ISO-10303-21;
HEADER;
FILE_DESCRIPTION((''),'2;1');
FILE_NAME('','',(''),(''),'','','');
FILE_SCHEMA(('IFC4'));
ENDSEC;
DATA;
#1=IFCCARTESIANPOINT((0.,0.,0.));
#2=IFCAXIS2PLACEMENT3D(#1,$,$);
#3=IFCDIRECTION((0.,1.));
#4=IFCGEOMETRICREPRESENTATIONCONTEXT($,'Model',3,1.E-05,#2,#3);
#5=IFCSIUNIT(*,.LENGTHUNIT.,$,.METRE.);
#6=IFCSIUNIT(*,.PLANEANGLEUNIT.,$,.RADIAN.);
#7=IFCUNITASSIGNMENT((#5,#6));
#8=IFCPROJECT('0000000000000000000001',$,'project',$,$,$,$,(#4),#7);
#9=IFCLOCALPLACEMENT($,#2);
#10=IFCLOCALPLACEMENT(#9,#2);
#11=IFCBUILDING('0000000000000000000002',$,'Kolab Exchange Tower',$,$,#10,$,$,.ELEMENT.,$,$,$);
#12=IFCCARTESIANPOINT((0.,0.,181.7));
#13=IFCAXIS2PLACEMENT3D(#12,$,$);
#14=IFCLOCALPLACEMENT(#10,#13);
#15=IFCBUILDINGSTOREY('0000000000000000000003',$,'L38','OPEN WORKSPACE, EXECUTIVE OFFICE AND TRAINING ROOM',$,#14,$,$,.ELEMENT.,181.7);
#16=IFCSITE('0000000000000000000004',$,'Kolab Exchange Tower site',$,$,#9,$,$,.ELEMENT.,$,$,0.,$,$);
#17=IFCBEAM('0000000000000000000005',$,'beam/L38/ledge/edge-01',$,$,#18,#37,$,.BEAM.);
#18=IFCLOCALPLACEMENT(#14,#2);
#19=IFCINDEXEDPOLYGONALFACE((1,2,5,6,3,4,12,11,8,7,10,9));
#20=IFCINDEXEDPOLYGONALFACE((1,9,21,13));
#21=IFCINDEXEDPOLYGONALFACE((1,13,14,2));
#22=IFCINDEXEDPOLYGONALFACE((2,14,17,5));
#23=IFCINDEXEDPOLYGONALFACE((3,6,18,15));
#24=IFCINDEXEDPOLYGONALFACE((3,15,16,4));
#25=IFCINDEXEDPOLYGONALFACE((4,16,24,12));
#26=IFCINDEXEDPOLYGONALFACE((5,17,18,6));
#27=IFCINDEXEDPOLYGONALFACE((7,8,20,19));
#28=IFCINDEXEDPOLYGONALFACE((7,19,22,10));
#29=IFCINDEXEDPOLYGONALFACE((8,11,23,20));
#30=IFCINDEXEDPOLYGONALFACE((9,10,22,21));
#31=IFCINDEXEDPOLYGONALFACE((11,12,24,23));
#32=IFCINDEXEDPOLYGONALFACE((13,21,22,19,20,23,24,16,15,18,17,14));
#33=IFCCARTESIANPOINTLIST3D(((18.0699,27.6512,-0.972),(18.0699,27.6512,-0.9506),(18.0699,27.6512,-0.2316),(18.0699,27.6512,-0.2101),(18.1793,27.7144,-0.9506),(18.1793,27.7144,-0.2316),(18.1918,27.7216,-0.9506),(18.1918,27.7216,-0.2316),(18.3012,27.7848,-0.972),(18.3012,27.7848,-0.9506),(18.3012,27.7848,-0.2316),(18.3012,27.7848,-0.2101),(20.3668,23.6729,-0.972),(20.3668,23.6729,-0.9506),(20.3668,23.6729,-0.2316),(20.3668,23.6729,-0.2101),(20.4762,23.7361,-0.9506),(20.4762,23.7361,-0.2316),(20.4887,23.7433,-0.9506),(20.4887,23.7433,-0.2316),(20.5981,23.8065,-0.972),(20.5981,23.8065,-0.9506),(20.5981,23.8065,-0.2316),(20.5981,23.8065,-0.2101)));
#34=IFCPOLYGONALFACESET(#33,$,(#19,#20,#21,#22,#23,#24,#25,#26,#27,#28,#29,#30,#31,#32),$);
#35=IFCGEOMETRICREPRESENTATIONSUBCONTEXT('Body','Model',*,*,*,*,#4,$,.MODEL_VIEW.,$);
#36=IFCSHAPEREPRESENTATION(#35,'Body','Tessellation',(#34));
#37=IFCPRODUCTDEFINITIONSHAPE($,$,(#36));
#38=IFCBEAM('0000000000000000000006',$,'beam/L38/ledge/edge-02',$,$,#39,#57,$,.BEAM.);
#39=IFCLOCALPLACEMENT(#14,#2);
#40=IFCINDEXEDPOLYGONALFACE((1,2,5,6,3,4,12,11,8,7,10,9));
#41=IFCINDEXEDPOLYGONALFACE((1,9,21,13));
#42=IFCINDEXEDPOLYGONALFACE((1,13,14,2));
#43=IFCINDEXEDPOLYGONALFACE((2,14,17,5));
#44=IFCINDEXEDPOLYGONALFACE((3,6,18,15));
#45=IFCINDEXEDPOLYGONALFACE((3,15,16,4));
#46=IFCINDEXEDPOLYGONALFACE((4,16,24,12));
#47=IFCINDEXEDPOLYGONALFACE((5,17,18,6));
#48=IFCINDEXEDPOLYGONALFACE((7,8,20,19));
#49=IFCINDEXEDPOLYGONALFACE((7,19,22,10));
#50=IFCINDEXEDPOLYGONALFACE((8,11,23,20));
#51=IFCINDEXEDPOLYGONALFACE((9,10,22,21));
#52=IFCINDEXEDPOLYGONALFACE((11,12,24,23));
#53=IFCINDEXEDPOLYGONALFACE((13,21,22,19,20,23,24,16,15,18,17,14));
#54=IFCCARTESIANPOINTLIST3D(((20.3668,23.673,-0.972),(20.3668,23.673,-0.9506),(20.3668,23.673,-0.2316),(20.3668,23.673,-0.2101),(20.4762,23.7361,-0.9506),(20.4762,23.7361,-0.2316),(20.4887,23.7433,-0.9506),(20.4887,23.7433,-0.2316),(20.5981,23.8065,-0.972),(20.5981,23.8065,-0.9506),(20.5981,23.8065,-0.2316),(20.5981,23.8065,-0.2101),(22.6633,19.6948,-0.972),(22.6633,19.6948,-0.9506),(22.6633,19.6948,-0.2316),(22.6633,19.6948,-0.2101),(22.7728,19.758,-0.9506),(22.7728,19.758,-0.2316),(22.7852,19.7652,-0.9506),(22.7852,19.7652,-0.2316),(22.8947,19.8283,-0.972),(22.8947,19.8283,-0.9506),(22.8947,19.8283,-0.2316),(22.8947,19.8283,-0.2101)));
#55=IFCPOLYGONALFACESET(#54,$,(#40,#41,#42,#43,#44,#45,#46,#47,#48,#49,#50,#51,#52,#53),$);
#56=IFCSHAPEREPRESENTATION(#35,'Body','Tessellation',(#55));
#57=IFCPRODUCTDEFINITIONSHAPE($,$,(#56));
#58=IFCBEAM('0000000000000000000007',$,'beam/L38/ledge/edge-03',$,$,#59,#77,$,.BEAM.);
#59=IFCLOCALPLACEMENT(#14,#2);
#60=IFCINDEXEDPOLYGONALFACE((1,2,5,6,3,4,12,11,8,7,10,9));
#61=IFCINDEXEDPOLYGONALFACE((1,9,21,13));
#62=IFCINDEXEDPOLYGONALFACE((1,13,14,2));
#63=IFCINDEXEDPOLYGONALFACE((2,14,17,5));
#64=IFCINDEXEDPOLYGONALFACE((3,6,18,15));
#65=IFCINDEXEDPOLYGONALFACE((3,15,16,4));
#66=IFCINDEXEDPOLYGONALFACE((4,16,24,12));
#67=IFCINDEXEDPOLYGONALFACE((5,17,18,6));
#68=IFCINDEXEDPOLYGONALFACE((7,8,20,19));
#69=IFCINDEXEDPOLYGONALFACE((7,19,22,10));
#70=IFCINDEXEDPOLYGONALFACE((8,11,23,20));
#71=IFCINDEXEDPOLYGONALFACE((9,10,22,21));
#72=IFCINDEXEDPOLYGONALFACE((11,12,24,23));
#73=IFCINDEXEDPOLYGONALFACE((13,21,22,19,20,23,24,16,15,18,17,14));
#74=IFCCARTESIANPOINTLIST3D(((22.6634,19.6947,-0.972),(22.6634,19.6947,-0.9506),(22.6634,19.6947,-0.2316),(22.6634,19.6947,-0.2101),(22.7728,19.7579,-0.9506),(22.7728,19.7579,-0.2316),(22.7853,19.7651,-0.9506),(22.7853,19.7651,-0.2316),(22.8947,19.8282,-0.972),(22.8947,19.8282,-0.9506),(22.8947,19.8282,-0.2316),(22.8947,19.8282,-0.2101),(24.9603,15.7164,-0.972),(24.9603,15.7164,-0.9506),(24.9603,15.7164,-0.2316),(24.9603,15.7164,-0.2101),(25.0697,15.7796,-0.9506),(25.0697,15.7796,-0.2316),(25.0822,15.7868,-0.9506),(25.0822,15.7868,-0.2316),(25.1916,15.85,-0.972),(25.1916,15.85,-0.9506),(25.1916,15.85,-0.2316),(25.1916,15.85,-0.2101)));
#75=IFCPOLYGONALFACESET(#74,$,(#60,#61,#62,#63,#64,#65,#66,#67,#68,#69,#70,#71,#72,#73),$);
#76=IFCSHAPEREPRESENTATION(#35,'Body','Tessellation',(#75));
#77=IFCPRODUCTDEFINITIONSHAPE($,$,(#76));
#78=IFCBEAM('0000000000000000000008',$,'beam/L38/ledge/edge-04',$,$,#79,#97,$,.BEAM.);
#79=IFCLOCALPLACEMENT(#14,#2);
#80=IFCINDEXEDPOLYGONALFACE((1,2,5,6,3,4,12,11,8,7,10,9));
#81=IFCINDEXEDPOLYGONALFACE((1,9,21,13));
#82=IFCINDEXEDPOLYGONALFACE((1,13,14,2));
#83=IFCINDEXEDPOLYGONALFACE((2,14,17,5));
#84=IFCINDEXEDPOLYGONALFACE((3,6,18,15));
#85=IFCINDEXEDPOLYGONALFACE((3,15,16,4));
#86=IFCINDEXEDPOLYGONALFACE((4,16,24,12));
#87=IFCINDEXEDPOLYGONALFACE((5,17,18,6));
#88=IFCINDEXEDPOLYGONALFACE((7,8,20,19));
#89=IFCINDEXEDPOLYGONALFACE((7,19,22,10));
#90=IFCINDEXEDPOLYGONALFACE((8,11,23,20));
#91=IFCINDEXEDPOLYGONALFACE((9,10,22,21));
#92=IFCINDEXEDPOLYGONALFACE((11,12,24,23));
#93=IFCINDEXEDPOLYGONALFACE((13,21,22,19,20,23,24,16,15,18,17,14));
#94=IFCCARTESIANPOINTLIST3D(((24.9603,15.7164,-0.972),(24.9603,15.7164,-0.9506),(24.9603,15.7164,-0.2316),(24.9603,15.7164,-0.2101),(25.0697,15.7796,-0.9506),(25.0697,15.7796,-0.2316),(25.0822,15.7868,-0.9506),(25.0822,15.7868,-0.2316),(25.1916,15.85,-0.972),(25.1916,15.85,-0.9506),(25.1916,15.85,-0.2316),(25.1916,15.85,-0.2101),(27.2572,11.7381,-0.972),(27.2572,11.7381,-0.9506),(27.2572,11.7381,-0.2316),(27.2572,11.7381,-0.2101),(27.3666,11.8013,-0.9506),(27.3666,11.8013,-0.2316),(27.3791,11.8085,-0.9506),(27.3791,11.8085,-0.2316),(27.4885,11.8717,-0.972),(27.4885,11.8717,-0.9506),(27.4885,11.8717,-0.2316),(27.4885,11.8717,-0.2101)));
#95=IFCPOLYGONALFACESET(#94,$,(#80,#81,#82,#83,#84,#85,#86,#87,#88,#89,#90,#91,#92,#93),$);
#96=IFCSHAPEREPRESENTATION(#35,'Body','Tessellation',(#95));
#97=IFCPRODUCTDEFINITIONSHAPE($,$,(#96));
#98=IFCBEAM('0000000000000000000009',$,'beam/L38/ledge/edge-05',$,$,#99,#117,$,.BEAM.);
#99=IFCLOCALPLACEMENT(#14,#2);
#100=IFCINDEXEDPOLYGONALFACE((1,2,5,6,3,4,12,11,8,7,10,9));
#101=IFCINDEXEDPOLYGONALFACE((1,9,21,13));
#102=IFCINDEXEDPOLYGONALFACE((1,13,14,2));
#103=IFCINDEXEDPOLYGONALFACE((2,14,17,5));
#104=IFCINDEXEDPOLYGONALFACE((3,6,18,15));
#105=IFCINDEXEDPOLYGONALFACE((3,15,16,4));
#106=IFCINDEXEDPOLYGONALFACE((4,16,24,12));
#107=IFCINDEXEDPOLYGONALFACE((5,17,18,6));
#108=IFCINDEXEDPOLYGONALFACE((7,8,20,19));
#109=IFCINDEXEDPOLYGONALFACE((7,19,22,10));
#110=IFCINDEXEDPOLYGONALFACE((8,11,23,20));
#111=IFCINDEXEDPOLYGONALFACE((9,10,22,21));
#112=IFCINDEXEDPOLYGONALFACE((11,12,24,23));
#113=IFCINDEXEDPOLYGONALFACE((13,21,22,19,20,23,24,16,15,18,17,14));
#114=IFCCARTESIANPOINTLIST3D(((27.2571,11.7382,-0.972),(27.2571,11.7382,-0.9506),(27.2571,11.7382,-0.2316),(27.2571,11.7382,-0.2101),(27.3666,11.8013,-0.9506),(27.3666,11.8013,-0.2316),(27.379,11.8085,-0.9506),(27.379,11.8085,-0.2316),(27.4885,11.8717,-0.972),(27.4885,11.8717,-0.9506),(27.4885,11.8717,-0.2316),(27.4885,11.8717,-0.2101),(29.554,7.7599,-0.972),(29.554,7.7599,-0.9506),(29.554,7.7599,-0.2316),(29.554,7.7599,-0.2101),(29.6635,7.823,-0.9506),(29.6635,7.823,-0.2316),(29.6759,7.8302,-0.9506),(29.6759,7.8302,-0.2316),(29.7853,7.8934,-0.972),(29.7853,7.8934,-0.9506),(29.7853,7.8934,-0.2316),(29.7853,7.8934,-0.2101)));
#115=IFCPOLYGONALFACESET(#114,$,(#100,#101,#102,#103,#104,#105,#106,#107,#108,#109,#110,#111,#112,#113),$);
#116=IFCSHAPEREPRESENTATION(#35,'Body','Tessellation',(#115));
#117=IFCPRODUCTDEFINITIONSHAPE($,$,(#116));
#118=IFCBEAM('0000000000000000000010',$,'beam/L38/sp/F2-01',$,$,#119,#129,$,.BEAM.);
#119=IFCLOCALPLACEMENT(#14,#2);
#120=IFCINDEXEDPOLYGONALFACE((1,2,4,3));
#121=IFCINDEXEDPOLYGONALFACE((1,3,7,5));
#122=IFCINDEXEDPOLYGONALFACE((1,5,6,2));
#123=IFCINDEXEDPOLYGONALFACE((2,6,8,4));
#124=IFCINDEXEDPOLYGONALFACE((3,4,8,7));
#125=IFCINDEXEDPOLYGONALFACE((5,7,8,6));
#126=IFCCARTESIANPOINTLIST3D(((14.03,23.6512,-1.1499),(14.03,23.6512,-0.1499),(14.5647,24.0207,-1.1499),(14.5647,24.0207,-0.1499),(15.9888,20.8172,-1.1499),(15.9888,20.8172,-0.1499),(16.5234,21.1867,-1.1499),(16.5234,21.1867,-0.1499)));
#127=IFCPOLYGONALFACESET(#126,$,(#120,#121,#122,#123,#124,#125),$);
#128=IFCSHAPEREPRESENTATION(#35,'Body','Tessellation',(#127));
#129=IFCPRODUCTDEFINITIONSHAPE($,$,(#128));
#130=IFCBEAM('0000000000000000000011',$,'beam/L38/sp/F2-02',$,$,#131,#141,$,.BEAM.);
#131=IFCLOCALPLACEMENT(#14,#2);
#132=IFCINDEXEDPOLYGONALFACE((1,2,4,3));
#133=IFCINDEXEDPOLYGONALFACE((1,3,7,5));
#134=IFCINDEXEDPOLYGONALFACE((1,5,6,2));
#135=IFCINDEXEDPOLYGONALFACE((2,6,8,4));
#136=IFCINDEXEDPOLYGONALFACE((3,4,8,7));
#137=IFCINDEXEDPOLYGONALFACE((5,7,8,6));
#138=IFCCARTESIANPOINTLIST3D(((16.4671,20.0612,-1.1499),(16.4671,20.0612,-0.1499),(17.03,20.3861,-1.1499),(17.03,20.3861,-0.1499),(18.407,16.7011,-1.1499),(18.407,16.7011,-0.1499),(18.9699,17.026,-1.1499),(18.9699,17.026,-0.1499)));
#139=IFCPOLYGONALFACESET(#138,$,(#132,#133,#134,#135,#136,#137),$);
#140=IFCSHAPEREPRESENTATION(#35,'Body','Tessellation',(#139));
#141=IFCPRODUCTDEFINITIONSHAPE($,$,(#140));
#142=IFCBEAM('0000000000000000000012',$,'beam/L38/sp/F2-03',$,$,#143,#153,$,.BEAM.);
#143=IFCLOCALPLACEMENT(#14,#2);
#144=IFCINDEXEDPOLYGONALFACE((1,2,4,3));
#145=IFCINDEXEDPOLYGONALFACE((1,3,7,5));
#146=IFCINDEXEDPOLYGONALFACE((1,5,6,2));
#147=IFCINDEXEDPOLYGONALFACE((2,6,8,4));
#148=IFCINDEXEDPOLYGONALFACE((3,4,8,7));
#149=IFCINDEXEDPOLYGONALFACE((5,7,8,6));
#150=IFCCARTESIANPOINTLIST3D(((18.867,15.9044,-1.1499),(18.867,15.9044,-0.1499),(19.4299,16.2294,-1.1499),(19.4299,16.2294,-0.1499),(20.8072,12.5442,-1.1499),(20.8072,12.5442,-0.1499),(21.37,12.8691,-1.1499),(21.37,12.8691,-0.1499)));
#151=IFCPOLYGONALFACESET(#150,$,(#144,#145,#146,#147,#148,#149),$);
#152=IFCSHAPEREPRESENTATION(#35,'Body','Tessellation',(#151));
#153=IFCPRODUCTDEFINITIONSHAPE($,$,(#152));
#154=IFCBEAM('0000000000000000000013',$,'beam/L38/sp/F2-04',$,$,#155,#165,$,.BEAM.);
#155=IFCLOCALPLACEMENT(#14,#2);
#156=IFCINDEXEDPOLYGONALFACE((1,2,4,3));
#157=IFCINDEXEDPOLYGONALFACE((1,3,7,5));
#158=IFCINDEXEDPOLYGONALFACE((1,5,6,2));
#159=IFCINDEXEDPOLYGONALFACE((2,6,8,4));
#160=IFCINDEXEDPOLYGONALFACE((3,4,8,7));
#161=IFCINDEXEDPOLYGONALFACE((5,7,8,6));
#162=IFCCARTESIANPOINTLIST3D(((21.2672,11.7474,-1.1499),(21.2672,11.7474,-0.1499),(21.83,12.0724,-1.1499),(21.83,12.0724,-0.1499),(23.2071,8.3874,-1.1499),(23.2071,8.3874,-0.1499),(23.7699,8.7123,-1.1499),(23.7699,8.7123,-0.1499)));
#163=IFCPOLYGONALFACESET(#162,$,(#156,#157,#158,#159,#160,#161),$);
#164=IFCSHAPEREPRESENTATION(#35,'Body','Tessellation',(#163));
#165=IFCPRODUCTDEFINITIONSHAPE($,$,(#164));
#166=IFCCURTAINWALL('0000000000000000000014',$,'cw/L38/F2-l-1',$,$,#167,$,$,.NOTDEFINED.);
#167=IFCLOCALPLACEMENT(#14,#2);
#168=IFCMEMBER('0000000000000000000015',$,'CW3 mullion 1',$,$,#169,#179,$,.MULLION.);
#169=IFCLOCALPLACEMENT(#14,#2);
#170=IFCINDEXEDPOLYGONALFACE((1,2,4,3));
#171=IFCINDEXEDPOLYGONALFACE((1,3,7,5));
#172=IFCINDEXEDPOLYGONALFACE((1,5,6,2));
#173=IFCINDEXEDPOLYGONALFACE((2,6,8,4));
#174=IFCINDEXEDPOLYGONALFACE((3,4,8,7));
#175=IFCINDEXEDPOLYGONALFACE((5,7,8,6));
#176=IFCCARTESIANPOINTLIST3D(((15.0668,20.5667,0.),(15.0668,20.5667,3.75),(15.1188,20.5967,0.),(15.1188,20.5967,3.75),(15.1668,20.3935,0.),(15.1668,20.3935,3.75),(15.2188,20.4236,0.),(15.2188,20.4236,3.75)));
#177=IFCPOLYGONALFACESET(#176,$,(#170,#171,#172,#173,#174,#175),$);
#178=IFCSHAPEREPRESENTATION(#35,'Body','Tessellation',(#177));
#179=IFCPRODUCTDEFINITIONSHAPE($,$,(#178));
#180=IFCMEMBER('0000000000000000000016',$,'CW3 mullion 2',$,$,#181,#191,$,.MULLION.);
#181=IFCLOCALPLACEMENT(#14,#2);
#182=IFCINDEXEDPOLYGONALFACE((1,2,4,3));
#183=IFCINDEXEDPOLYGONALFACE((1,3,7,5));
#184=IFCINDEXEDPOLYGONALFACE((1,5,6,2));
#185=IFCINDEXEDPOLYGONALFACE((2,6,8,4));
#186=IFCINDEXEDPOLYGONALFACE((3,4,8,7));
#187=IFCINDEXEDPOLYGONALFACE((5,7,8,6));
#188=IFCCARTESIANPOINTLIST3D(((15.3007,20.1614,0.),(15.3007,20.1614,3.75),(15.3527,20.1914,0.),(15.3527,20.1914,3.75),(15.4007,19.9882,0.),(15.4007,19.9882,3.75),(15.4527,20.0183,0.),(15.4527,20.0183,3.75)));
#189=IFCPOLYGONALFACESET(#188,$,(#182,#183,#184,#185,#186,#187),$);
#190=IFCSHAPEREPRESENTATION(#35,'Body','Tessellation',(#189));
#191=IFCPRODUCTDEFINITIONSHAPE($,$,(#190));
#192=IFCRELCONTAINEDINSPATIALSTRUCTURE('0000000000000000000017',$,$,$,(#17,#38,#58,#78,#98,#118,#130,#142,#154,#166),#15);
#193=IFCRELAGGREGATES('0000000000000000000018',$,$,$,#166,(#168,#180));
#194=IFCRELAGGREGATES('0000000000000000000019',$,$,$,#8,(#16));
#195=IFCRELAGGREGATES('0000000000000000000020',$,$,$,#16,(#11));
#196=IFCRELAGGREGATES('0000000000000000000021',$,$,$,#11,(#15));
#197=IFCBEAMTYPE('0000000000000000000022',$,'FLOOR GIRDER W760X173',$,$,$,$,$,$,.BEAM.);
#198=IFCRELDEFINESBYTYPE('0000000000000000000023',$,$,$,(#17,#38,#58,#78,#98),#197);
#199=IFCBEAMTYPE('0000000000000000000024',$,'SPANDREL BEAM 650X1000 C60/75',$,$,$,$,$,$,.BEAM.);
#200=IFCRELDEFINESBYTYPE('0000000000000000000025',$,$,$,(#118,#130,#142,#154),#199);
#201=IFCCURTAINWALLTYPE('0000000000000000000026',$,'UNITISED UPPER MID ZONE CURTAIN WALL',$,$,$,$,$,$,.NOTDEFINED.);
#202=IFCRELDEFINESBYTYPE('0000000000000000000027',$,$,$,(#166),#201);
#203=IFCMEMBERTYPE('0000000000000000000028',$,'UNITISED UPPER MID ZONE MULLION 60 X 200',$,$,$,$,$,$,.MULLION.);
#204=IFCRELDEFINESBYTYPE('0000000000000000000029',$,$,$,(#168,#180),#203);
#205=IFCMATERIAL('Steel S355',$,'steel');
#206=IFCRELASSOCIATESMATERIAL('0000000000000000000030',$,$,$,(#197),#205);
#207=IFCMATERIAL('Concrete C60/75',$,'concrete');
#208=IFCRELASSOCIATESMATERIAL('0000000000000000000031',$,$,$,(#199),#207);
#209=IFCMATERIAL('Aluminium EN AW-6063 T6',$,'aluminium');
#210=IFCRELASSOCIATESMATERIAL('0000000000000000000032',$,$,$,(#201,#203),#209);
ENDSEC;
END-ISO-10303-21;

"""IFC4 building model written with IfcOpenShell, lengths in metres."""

from ifc_helpers import new_model, si_unit, direction, frame, origin, origin_2d, place, context, subcontext, project, spatial, rectangle, i_section, extrude, material, material_profile, profile_set, type_object, element, aggregate, save


model = new_model("IFC4")

# Units and contexts
model_context = context("Model", 3, precision=1e-05, world=origin(), true_north=direction((0.0, 1.0)))
body_context = subcontext(model_context, "Body", "Model", "MODEL_VIEW")
ifc_project = project(units=[si_unit("LENGTHUNIT", "METRE"), si_unit("PLANEANGLEUNIT", "RADIAN")], contexts=[model_context])

# Site, building, storey
site_placement = place(None, origin())
site = spatial("IfcSite", under=ifc_project, at=site_placement, Name="Kolab Exchange Tower site", CompositionType="ELEMENT", RefElevation=0.0)
building_placement = place(site_placement, origin())
building = spatial("IfcBuilding", under=site, at=building_placement, Name="Kolab Exchange Tower", CompositionType="ELEMENT")
storey_placement = place(building_placement, frame((0.0, 0.0, 181.7)))
storey = spatial("IfcBuildingStorey", under=building, at=storey_placement, Name="L38", Description="OPEN WORKSPACE, EXECUTIVE OFFICE AND TRAINING ROOM", CompositionType="ELEMENT", Elevation=181.7)

# Shared definitions
ifc_material_1 = material(Name="Concrete C60/75", Category="concrete")

# Beams
ifc_material_2 = material(Name="Steel S355", Category="steel")
ifc_material_profile_1 = material_profile(ifc_material_2, i_section(OverallWidth=0.2671, OverallDepth=0.762, WebThickness=0.0144, FlangeThickness=0.0215, at=origin_2d()), Name="W760X173")
ifc_profile_set_1 = profile_set([ifc_material_profile_1], Name="Steel S355")
beam_type_1 = type_object("IfcBeamType", Name="FLOOR GIRDER W760X173", PredefinedType="BEAM", material=ifc_profile_set_1)
beam_1_placement = place(storey_placement, frame((18.1855, 27.718, -0.5911), z_axis=(0.500003, -0.866024, 0.0), x_axis=(0.866024, 0.500003, 0.0)))
element("IfcBeam", 1, at=beam_1_placement, inside=storey, type_object=beam_type_1, Name="beam/L38/ledge/edge-01", PredefinedType="BEAM", context=body_context, shape_type="SweptSolid", body=[
    extrude(i_section(OverallWidth=0.2671, OverallDepth=0.762, WebThickness=0.0144, FlangeThickness=0.0215, at=origin_2d()), origin(), (0.0, 0.0, 1.0), 4.5938),
])
beam_2_placement = place(storey_placement, frame((20.4824, 23.7397, -0.5911), z_axis=(0.499963, -0.866047, 0.0), x_axis=(0.866047, 0.499963, 0.0)))
element("IfcBeam", 2, at=beam_2_placement, inside=storey, type_object=beam_type_1, Name="beam/L38/ledge/edge-02", PredefinedType="BEAM", context=body_context, shape_type="SweptSolid", body=[
    extrude(i_section(OverallWidth=0.2671, OverallDepth=0.762, WebThickness=0.0144, FlangeThickness=0.0215, at=origin_2d()), origin(), (0.0, 0.0, 1.0), 4.5935),
])
for number, where, z_axis, x_axis, name in (
    (3, (22.7791, 19.7615, -0.5911), (0.500003, -0.866024, 0.0), (0.866024, 0.500003, 0.0), "beam/L38/ledge/edge-03"),
    (4, (25.0759, 15.7832, -0.5911), (0.500003, -0.866024, 0.0), (0.866024, 0.500003, 0.0), "beam/L38/ledge/edge-04"),
    (5, (27.3728, 11.8049, -0.5911), (0.500003, -0.866024, 0.0), (0.866024, 0.500003, 0.0), "beam/L38/ledge/edge-05"),
):
    element("IfcBeam", number, at=place(storey_placement, frame(where, z_axis=z_axis, x_axis=x_axis)), inside=storey, type_object=beam_type_1, Name=name, PredefinedType="BEAM", context=body_context, shape_type="SweptSolid", body=[
        extrude(i_section(OverallWidth=0.2671, OverallDepth=0.762, WebThickness=0.0144, FlangeThickness=0.0215, at=origin_2d()), origin(), (0.0, 0.0, 1.0), 4.5938),
    ])
ifc_material_profile_2 = material_profile(ifc_material_1, rectangle(XDim=0.6499, YDim=1.0, at=origin_2d()), Name="RC650X1000")
ifc_profile_set_2 = profile_set([ifc_material_profile_2], Name="Concrete C60/75")
beam_type_2 = type_object("IfcBeamType", Name="SPANDREL BEAM 650X1000 C60/75", PredefinedType="BEAM", material=ifc_profile_set_2)
beam_3_placement = place(storey_placement, frame((14.2974, 23.8359, -0.6499), z_axis=(0.568572, -0.822633, 0.0), x_axis=(0.822633, 0.568572, 0.0)))
element("IfcBeam", 6, at=beam_3_placement, inside=storey, type_object=beam_type_2, Name="beam/L38/sp/F2-01", PredefinedType="BEAM", context=body_context, shape_type="SweptSolid", body=[
    extrude(rectangle(XDim=0.6499, YDim=1.0, at=origin_2d()), origin(), (0.0, 0.0, 1.0), 3.4451),
])
beam_4_placement = place(storey_placement, frame((16.7485, 20.2236, -0.6499), z_axis=(0.499997, -0.866027, 0.0), x_axis=(0.866027, 0.499997, 0.0)))
element("IfcBeam", 7, at=beam_4_placement, inside=storey, type_object=beam_type_2, Name="beam/L38/sp/F2-02", PredefinedType="BEAM", context=body_context, shape_type="SweptSolid", body=[
    extrude(rectangle(XDim=0.6499, YDim=1.0, at=origin_2d()), origin(), (0.0, 0.0, 1.0), 3.8799),
])
beam_5_placement = place(storey_placement, frame((19.1484, 16.0669, -0.6499), z_axis=(0.500017, -0.866016, 0.0), x_axis=(0.866016, 0.500017, 0.0)))
element("IfcBeam", 8, at=beam_5_placement, inside=storey, type_object=beam_type_2, Name="beam/L38/sp/F2-03", PredefinedType="BEAM", context=body_context, shape_type="SweptSolid", body=[
    extrude(rectangle(XDim=0.6499, YDim=1.0, at=origin_2d()), origin(), (0.0, 0.0, 1.0), 3.8801),
])
beam_6_placement = place(storey_placement, frame((21.5486, 11.9099, -0.6499), z_axis=(0.499997, -0.866027, 0.0), x_axis=(0.866027, 0.499997, 0.0)))
element("IfcBeam", 9, at=beam_6_placement, inside=storey, type_object=beam_type_2, Name="beam/L38/sp/F2-04", PredefinedType="BEAM", context=body_context, shape_type="SweptSolid", body=[
    extrude(rectangle(XDim=0.6499, YDim=1.0, at=origin_2d()), origin(), (0.0, 0.0, 1.0), 3.8799),
])

# Curtain wall, members
ifc_material_3 = material(Name="Aluminium EN AW-6063 T6", Category="aluminium")
curtain_wall_type = type_object("IfcCurtainWallType", Name="UNITISED UPPER MID ZONE CURTAIN WALL", PredefinedType="NOTDEFINED", material=ifc_material_3)
curtain_wall_1_placement = place(storey_placement, origin())
curtain_wall_1 = element("IfcCurtainWall", 10, at=curtain_wall_1_placement, inside=storey, type_object=curtain_wall_type, Name="cw/L38/F2-l-1", PredefinedType="NOTDEFINED")
ifc_material_profile_3 = material_profile(ifc_material_3, rectangle(XDim=0.0601, YDim=0.2, at=origin_2d()), Name="RECT 60X200")
ifc_profile_set_3 = profile_set([ifc_material_profile_3], Name="Aluminium EN AW-6063 T6")
member_type_1 = type_object("IfcMemberType", Name="UNITISED UPPER MID ZONE MULLION 60 X 200", PredefinedType="MULLION", material=ifc_profile_set_3)
member_1_placement = place(storey_placement, frame((15.1428, 20.4951, 0.0), z_axis=(0.0, 0.0, 1.0), x_axis=(0.866025, 0.5, 0.0)))
member_1 = element("IfcMember", 11, at=member_1_placement, type_object=member_type_1, Name="CW3 mullion 1", PredefinedType="MULLION", context=body_context, shape_type="SweptSolid", body=[
    extrude(rectangle(XDim=0.0601, YDim=0.2, at=origin_2d()), origin(), (0.0, 0.0, 1.0), 3.75),
])
member_2_placement = place(storey_placement, frame((15.3767, 20.0898, 0.0), z_axis=(0.0, 0.0, 1.0), x_axis=(0.866025, 0.5, 0.0)))
member_2 = element("IfcMember", 12, at=member_2_placement, type_object=member_type_1, Name="CW3 mullion 2", PredefinedType="MULLION", context=body_context, shape_type="SweptSolid", body=[
    extrude(rectangle(XDim=0.0601, YDim=0.2, at=origin_2d()), origin(), (0.0, 0.0, 1.0), 3.75),
])

aggregate(curtain_wall_1, [member_1, member_2])

save(model, "model.ifc")
